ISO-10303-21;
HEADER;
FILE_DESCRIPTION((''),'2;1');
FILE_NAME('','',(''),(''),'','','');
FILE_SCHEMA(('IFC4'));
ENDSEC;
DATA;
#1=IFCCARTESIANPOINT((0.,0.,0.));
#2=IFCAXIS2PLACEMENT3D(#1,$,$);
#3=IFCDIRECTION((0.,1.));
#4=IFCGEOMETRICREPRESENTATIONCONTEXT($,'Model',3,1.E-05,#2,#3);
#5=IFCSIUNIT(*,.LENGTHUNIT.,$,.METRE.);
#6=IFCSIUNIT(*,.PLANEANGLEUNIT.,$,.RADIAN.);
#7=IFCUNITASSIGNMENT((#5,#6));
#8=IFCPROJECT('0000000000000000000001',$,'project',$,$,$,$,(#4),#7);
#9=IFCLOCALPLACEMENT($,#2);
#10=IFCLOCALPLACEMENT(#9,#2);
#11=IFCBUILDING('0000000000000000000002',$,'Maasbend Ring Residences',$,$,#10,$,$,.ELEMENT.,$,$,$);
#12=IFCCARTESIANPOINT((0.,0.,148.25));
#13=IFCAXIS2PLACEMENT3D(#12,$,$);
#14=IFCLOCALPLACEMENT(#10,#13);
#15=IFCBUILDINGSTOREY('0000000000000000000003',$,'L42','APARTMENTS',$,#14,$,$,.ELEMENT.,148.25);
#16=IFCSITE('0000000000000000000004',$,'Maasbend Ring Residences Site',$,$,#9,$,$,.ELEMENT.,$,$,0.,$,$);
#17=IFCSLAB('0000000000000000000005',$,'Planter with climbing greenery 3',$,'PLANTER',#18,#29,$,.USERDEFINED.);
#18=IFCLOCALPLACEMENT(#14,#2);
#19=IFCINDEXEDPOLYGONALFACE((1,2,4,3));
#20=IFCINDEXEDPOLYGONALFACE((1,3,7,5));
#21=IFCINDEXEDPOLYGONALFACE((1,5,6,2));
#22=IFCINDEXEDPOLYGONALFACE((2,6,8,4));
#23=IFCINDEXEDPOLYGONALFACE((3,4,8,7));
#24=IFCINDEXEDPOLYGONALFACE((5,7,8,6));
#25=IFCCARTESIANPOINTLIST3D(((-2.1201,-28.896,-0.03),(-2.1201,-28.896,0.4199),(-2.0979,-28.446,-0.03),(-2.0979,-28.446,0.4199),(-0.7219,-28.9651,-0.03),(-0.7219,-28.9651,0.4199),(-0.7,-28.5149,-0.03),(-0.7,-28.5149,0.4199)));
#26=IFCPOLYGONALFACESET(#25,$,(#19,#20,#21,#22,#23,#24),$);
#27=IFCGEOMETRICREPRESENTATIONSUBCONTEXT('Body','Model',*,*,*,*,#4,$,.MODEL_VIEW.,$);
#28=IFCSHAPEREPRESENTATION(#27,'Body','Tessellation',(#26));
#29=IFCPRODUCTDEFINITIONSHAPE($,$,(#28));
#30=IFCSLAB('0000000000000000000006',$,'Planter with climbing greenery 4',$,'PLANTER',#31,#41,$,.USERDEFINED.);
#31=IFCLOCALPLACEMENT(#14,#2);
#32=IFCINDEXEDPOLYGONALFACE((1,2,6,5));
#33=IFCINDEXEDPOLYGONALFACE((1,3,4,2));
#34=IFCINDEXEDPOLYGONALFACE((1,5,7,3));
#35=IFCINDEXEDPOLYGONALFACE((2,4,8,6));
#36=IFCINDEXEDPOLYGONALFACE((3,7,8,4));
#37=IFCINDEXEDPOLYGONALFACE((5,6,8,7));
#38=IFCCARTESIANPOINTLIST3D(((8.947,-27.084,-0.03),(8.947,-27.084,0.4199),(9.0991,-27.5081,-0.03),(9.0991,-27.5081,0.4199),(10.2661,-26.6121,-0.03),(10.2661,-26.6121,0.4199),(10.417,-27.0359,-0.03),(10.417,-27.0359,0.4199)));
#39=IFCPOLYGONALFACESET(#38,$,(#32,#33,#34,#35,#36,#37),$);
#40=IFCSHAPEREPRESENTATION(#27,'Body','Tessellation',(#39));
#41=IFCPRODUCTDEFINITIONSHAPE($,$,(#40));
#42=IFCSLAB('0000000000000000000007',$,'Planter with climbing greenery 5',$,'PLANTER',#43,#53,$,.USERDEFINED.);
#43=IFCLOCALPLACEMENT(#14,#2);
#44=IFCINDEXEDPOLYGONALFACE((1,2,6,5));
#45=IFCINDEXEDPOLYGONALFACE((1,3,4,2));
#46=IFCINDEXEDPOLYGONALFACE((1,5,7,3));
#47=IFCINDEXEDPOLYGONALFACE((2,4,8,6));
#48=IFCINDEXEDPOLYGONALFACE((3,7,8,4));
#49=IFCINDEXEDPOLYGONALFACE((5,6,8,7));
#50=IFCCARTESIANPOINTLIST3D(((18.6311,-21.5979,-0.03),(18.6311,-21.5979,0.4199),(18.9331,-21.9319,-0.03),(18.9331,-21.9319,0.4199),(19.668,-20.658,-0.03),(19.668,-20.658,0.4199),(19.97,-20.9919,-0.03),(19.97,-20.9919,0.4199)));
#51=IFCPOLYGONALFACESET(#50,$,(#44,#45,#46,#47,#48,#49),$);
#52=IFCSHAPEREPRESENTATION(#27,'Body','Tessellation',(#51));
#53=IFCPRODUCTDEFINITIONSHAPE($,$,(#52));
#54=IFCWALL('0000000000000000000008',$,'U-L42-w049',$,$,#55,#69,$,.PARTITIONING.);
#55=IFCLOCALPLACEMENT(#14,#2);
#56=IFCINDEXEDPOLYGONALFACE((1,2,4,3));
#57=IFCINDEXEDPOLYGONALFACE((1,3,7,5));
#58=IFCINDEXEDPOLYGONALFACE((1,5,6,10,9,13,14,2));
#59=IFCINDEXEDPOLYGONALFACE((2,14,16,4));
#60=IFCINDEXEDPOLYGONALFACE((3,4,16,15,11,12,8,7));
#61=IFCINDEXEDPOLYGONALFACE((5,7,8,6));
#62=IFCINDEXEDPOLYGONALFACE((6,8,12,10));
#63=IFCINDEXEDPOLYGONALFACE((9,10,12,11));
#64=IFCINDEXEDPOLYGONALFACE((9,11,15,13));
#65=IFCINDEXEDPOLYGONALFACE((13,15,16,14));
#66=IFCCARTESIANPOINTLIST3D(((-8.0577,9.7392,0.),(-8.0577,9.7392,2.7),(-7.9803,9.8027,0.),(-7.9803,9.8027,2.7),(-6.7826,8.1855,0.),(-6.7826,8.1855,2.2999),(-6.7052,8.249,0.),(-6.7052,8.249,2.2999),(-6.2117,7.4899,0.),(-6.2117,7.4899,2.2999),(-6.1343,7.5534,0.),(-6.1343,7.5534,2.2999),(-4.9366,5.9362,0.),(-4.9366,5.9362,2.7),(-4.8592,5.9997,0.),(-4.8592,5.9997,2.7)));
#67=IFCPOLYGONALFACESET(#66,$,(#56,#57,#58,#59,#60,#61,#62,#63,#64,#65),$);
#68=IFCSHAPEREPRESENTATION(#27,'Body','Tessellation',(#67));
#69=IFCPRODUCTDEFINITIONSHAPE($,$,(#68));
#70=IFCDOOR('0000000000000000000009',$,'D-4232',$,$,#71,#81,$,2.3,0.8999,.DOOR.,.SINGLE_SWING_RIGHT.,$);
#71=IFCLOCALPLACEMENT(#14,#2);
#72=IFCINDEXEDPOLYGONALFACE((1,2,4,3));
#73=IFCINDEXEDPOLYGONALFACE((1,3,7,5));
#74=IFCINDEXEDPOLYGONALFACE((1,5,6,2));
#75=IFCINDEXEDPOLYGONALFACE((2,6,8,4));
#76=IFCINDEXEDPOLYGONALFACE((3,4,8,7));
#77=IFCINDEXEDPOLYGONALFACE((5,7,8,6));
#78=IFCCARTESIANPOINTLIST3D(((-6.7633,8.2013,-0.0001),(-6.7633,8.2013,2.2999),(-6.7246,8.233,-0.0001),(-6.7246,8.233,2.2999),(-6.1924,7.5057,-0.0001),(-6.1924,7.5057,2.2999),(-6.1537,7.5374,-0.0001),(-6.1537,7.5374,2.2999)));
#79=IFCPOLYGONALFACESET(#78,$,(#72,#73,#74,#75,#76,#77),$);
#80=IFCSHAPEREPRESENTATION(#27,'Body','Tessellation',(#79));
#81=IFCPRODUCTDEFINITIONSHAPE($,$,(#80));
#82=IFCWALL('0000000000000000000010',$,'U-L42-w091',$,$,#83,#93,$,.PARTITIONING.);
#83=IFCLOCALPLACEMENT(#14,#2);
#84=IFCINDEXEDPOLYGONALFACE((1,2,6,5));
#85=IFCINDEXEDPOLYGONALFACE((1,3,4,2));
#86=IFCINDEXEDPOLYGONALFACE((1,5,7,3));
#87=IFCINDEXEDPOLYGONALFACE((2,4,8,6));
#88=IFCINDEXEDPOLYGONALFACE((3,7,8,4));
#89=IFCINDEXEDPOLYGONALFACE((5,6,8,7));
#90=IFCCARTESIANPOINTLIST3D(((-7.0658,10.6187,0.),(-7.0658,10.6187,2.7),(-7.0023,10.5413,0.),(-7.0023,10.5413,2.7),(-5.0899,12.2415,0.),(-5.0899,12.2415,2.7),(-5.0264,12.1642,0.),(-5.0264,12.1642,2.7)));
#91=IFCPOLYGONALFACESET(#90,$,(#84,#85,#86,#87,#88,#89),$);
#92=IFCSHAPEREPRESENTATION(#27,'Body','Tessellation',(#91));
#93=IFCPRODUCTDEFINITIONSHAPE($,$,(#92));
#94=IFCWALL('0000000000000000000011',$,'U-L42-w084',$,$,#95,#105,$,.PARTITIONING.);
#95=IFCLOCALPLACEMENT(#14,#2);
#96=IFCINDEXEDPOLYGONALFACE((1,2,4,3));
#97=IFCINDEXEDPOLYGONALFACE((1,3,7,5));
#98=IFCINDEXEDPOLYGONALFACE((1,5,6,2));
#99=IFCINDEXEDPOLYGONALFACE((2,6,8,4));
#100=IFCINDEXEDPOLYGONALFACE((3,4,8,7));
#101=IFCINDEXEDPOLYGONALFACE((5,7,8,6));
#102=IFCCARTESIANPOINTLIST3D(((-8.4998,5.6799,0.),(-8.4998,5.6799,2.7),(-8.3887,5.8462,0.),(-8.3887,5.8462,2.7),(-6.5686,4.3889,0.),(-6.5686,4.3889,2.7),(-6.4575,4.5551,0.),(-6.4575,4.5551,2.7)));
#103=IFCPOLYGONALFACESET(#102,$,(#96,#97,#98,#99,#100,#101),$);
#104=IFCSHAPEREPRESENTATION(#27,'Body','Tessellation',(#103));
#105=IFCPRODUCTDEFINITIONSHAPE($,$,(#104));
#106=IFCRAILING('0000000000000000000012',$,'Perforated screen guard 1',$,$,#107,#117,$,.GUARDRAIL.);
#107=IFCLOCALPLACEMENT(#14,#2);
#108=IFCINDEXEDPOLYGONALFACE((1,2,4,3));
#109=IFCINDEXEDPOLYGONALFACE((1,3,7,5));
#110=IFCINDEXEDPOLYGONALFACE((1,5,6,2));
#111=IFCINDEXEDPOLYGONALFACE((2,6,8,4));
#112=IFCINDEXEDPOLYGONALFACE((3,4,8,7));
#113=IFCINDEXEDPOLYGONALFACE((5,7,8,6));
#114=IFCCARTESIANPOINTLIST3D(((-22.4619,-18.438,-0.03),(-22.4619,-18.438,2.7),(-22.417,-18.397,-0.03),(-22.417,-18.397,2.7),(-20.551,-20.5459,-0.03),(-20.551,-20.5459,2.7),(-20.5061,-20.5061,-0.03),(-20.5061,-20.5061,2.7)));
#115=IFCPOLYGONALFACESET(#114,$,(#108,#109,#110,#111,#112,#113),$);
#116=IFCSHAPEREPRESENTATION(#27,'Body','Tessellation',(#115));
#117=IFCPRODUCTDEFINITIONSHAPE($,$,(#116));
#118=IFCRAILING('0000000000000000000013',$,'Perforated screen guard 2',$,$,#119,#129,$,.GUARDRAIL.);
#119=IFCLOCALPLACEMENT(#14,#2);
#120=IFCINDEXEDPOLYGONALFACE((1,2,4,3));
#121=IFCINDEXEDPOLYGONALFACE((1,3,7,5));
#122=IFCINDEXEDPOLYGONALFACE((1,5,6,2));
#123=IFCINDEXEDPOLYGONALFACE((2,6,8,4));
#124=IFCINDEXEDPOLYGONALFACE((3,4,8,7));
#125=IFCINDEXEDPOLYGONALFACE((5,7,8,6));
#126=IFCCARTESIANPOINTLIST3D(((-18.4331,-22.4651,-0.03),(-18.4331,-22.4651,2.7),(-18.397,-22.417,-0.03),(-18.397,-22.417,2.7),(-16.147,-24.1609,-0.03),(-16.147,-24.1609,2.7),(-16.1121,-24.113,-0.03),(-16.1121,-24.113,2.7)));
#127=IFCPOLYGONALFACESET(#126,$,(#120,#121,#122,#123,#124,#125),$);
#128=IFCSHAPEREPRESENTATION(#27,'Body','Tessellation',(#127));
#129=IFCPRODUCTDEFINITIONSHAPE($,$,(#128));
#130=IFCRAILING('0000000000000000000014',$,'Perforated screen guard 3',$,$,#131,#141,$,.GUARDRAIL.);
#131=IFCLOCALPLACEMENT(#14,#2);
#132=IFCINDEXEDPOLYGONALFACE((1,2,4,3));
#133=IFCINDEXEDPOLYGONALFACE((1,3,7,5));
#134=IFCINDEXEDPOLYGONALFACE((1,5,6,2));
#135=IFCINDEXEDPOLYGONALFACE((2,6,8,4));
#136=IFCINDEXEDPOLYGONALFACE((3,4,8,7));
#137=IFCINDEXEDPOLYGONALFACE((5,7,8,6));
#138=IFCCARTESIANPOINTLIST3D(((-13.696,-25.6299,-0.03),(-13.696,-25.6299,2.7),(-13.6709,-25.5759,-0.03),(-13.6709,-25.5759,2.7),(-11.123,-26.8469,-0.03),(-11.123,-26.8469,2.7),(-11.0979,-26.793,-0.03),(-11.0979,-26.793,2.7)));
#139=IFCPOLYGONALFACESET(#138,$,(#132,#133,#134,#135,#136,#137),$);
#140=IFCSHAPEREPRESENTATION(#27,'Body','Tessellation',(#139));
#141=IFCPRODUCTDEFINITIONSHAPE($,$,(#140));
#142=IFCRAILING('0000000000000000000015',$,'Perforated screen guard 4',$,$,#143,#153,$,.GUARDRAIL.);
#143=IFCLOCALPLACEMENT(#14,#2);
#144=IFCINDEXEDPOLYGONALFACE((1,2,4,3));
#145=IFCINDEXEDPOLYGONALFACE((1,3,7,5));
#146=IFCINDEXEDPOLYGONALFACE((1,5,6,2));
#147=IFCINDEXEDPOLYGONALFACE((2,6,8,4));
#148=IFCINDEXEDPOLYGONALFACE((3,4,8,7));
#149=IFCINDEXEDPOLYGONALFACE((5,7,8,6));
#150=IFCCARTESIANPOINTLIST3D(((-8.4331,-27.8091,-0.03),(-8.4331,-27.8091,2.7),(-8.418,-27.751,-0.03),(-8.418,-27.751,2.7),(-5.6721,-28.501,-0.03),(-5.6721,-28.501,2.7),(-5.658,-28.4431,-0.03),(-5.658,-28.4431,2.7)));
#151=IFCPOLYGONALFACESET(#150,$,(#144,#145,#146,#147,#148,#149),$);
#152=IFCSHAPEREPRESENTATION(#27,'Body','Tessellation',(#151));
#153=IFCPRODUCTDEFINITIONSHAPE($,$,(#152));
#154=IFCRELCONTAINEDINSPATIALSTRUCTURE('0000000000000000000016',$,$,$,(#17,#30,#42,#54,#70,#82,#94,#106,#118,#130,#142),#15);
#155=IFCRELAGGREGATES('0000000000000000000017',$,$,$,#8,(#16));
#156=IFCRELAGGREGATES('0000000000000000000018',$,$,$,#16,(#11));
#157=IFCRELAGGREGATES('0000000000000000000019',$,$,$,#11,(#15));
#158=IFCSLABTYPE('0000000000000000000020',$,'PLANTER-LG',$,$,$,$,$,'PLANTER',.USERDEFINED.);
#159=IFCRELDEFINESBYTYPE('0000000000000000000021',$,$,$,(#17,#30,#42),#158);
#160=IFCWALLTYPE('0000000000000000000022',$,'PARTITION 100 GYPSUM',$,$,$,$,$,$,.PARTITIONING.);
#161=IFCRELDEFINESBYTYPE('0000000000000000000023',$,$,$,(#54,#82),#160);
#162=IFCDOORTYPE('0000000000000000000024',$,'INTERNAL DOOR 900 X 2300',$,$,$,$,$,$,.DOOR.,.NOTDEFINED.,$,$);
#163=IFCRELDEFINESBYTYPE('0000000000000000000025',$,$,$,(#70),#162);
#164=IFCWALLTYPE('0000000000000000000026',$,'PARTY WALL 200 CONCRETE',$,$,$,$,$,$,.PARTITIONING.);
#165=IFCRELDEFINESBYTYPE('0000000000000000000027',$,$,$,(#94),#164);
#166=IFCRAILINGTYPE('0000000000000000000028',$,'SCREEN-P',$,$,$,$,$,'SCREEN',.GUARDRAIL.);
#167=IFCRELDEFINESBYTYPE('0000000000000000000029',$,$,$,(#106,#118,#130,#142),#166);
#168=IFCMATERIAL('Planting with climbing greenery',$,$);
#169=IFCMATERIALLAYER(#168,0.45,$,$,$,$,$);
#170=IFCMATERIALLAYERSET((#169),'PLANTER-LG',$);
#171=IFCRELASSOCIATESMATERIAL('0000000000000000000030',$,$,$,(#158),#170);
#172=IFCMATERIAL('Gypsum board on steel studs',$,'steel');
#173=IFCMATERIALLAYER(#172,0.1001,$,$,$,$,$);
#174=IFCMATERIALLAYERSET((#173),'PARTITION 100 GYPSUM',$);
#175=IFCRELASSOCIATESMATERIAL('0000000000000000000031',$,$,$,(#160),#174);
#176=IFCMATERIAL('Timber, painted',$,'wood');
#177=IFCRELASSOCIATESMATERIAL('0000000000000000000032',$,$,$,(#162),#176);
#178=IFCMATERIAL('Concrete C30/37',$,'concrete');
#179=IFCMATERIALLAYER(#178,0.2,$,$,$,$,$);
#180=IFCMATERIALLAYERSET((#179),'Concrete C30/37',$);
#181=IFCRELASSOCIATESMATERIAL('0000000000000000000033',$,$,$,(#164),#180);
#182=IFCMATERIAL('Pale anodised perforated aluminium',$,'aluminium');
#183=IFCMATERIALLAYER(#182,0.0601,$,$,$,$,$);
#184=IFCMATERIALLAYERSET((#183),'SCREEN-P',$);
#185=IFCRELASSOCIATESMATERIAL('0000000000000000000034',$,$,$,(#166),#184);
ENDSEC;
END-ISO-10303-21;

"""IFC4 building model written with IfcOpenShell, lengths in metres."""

from ifc_helpers import new_model, si_unit, direction, frame, frame_2d, origin, place, context, subcontext, project, spatial, polyline, rectangle, outline, extrude, material, layer, layer_set, type_object, element, fill, save


model = new_model("IFC4")

# Units and contexts
model_context = context("Model", 3, precision=1e-05, world=origin(), true_north=direction((0.0, 1.0)))
body_context = subcontext(model_context, "Body", "Model", "MODEL_VIEW")
ifc_project = project(units=[si_unit("LENGTHUNIT", "METRE"), si_unit("PLANEANGLEUNIT", "RADIAN")], contexts=[model_context])

# Site, building, storey
site_placement = place(None, origin())
site = spatial("IfcSite", under=ifc_project, at=site_placement, Name="Maasbend Ring Residences Site", CompositionType="ELEMENT", RefElevation=0.0)
building_placement = place(site_placement, origin())
building = spatial("IfcBuilding", under=site, at=building_placement, Name="Maasbend Ring Residences", CompositionType="ELEMENT")
storey_placement = place(building_placement, frame((0.0, 0.0, 148.25)))
storey = spatial("IfcBuildingStorey", under=building, at=storey_placement, Name="L42", Description="APARTMENTS", CompositionType="ELEMENT", Elevation=148.25)

# Slabs
ifc_material_1 = material(Name="Planting with climbing greenery")
ifc_layer_1 = layer(ifc_material_1, 0.45)
ifc_layer_set_1 = layer_set([ifc_layer_1], Name="PLANTER-LG")
slab_type = type_object("IfcSlabType", Name="PLANTER-LG", ElementType="PLANTER", PredefinedType="USERDEFINED", material=ifc_layer_set_1)
slab_1_placement = place(storey_placement, frame((0.0, 0.0, -0.03)))
element("IfcSlab", 1, at=slab_1_placement, inside=storey, type_object=slab_type, Name="Planter with climbing greenery 3", ObjectType="PLANTER", PredefinedType="USERDEFINED", context=body_context, shape_type="SweptSolid", body=[
    extrude(outline(polyline([(-2.1201, -28.896), (-0.7219, -28.9651), (-0.7, -28.5149), (-2.0979, -28.446), (-2.1201, -28.896)])), origin(), (0.0, 0.0, 1.0), 0.45),
])
slab_2_placement = place(storey_placement, frame((0.0, 0.0, -0.03)))
element("IfcSlab", 2, at=slab_2_placement, inside=storey, type_object=slab_type, Name="Planter with climbing greenery 4", ObjectType="PLANTER", PredefinedType="USERDEFINED", context=body_context, shape_type="SweptSolid", body=[
    extrude(outline(polyline([(9.0991, -27.5081), (10.417, -27.0359), (10.2661, -26.6121), (8.947, -27.084), (9.0991, -27.5081)])), origin(), (0.0, 0.0, 1.0), 0.45),
])
slab_3_placement = place(storey_placement, frame((0.0, 0.0, -0.03)))
element("IfcSlab", 3, at=slab_3_placement, inside=storey, type_object=slab_type, Name="Planter with climbing greenery 5", ObjectType="PLANTER", PredefinedType="USERDEFINED", context=body_context, shape_type="SweptSolid", body=[
    extrude(outline(polyline([(18.9331, -21.9319), (19.97, -20.9919), (19.668, -20.658), (18.6311, -21.5979), (18.9331, -21.9319)])), origin(), (0.0, 0.0, 1.0), 0.45),
])

# Wall, opening, door
ifc_material_2 = material(Name="Gypsum board on steel studs", Category="steel")
ifc_layer_2 = layer(ifc_material_2, 0.1001)
ifc_layer_set_2 = layer_set([ifc_layer_2], Name="PARTITION 100 GYPSUM")
wall_type_1 = type_object("IfcWallType", Name="PARTITION 100 GYPSUM", PredefinedType="PARTITIONING", material=ifc_layer_set_2)
wall_1_placement = place(storey_placement, frame((-8.019, 9.771, 0.0), z_axis=(0.0, 0.0, 1.0), x_axis=(0.634402, -0.773003, 0.0)))
wall_1 = element("IfcWall", 4, at=wall_1_placement, inside=storey, type_object=wall_type_1, Name="U-L42-w049", PredefinedType="PARTITIONING", context=body_context, shape_type="SweptSolid", body=[
    extrude(rectangle(XDim=4.9197, YDim=0.1001, at=frame_2d((2.46, 0.0))), origin(), (0.0, 0.0, 1.0), 2.7),
])
opening_placement = place(wall_1_placement, frame((2.01, 0.0, 0.0)))
opening = element("IfcOpeningElement", 5, at=opening_placement, cuts=wall_1, PredefinedType="OPENING", context=body_context, shape_type="SweptSolid", body=[
    extrude(rectangle(XDim=0.8999, YDim=2.3, at=frame_2d((0.45, 1.1499))), frame((0.0, 0.0601, 0.0), z_axis=(0.0, -1.0, 0.0), x_axis=(1.0, 0.0, 0.0)), (0.0, 0.0, 1.0), 0.1201),
])
ifc_material_3 = material(Name="Timber, painted", Category="wood")
door_type = type_object("IfcDoorType", Name="INTERNAL DOOR 900 X 2300", OperationType="NOTDEFINED", PredefinedType="DOOR", material=ifc_material_3)
door_placement = place(opening_placement, origin())
door = element("IfcDoor", 6, at=door_placement, inside=storey, type_object=door_type, Name="D-4232", OperationType="SINGLE_SWING_RIGHT", OverallHeight=2.3, OverallWidth=0.8999, PredefinedType="DOOR", context=body_context, shape_type="SweptSolid", body=[
    extrude(rectangle(XDim=0.8999, YDim=2.3, at=frame_2d((0.45, 1.1499))), frame((0.0, 0.0249, 0.0), z_axis=(0.0, -1.0, 0.0), x_axis=(1.0, 0.0, 0.0)), (0.0, 0.0, 1.0), 0.05),
])
fill(opening, door)

# Walls
wall_2_placement = place(storey_placement, frame((-7.0339, 10.5801, 0.0), z_axis=(0.0, 0.0, 1.0), x_axis=(0.772765, 0.634693, 0.0)))
element("IfcWall", 7, at=wall_2_placement, inside=storey, type_object=wall_type_1, Name="U-L42-w091", PredefinedType="PARTITIONING", context=body_context, shape_type="SweptSolid", body=[
    extrude(rectangle(XDim=2.5569, YDim=0.1001, at=frame_2d((1.2783, 0.0))), origin(), (0.0, 0.0, 1.0), 2.7),
])
ifc_material_4 = material(Name="Concrete C30/37", Category="concrete")
ifc_layer_3 = layer(ifc_material_4, 0.2)
ifc_layer_set_3 = layer_set([ifc_layer_3], Name="Concrete C30/37")
wall_type_2 = type_object("IfcWallType", Name="PARTY WALL 200 CONCRETE", PredefinedType="PARTITIONING", material=ifc_layer_set_3)
wall_3_placement = place(storey_placement, frame((-6.5129, 4.4719, 0.0), z_axis=(0.0, 0.0, 1.0), x_axis=(-0.831338, 0.555767, 0.0)))
element("IfcWall", 8, at=wall_3_placement, inside=storey, type_object=wall_type_2, Name="U-L42-w084", PredefinedType="PARTITIONING", context=body_context, shape_type="SweptSolid", body=[
    extrude(rectangle(XDim=2.323, YDim=0.2, at=frame_2d((1.1616, 0.0))), origin(), (0.0, 0.0, 1.0), 2.7),
])

# Railings
ifc_material_5 = material(Name="Pale anodised perforated aluminium", Category="aluminium")
ifc_layer_4 = layer(ifc_material_5, 0.0601)
ifc_layer_set_4 = layer_set([ifc_layer_4], Name="SCREEN-P")
railing_type = type_object("IfcRailingType", Name="SCREEN-P", ElementType="SCREEN", PredefinedType="GUARDRAIL", material=ifc_layer_set_4)
railing_1_placement = place(storey_placement, frame((0.0, 0.0, -0.03)))
element("IfcRailing", 9, at=railing_1_placement, inside=storey, type_object=railing_type, Name="Perforated screen guard 1", PredefinedType="GUARDRAIL", context=body_context, shape_type="SweptSolid", body=[
    extrude(outline(polyline([(-22.417, -18.397), (-20.5061, -20.5061), (-20.551, -20.5459), (-22.4619, -18.438), (-22.417, -18.397)])), origin(), (0.0, 0.0, 1.0), 2.73),
])
railing_2_placement = place(storey_placement, frame((0.0, 0.0, -0.03)))
element("IfcRailing", 10, at=railing_2_placement, inside=storey, type_object=railing_type, Name="Perforated screen guard 2", PredefinedType="GUARDRAIL", context=body_context, shape_type="SweptSolid", body=[
    extrude(outline(polyline([(-18.397, -22.417), (-16.1121, -24.113), (-16.147, -24.1609), (-18.4331, -22.4651), (-18.397, -22.417)])), origin(), (0.0, 0.0, 1.0), 2.73),
])
railing_3_placement = place(storey_placement, frame((0.0, 0.0, -0.03)))
element("IfcRailing", 11, at=railing_3_placement, inside=storey, type_object=railing_type, Name="Perforated screen guard 3", PredefinedType="GUARDRAIL", context=body_context, shape_type="SweptSolid", body=[
    extrude(outline(polyline([(-13.6709, -25.5759), (-11.0979, -26.793), (-11.123, -26.8469), (-13.696, -25.6299), (-13.6709, -25.5759)])), origin(), (0.0, 0.0, 1.0), 2.73),
])
railing_4_placement = place(storey_placement, frame((0.0, 0.0, -0.03)))
element("IfcRailing", 12, at=railing_4_placement, inside=storey, type_object=railing_type, Name="Perforated screen guard 4", PredefinedType="GUARDRAIL", context=body_context, shape_type="SweptSolid", body=[
    extrude(outline(polyline([(-8.418, -27.751), (-5.658, -28.4431), (-5.6721, -28.501), (-8.4331, -27.8091), (-8.418, -27.751)])), origin(), (0.0, 0.0, 1.0), 2.73),
])

save(model, "model.ifc")
